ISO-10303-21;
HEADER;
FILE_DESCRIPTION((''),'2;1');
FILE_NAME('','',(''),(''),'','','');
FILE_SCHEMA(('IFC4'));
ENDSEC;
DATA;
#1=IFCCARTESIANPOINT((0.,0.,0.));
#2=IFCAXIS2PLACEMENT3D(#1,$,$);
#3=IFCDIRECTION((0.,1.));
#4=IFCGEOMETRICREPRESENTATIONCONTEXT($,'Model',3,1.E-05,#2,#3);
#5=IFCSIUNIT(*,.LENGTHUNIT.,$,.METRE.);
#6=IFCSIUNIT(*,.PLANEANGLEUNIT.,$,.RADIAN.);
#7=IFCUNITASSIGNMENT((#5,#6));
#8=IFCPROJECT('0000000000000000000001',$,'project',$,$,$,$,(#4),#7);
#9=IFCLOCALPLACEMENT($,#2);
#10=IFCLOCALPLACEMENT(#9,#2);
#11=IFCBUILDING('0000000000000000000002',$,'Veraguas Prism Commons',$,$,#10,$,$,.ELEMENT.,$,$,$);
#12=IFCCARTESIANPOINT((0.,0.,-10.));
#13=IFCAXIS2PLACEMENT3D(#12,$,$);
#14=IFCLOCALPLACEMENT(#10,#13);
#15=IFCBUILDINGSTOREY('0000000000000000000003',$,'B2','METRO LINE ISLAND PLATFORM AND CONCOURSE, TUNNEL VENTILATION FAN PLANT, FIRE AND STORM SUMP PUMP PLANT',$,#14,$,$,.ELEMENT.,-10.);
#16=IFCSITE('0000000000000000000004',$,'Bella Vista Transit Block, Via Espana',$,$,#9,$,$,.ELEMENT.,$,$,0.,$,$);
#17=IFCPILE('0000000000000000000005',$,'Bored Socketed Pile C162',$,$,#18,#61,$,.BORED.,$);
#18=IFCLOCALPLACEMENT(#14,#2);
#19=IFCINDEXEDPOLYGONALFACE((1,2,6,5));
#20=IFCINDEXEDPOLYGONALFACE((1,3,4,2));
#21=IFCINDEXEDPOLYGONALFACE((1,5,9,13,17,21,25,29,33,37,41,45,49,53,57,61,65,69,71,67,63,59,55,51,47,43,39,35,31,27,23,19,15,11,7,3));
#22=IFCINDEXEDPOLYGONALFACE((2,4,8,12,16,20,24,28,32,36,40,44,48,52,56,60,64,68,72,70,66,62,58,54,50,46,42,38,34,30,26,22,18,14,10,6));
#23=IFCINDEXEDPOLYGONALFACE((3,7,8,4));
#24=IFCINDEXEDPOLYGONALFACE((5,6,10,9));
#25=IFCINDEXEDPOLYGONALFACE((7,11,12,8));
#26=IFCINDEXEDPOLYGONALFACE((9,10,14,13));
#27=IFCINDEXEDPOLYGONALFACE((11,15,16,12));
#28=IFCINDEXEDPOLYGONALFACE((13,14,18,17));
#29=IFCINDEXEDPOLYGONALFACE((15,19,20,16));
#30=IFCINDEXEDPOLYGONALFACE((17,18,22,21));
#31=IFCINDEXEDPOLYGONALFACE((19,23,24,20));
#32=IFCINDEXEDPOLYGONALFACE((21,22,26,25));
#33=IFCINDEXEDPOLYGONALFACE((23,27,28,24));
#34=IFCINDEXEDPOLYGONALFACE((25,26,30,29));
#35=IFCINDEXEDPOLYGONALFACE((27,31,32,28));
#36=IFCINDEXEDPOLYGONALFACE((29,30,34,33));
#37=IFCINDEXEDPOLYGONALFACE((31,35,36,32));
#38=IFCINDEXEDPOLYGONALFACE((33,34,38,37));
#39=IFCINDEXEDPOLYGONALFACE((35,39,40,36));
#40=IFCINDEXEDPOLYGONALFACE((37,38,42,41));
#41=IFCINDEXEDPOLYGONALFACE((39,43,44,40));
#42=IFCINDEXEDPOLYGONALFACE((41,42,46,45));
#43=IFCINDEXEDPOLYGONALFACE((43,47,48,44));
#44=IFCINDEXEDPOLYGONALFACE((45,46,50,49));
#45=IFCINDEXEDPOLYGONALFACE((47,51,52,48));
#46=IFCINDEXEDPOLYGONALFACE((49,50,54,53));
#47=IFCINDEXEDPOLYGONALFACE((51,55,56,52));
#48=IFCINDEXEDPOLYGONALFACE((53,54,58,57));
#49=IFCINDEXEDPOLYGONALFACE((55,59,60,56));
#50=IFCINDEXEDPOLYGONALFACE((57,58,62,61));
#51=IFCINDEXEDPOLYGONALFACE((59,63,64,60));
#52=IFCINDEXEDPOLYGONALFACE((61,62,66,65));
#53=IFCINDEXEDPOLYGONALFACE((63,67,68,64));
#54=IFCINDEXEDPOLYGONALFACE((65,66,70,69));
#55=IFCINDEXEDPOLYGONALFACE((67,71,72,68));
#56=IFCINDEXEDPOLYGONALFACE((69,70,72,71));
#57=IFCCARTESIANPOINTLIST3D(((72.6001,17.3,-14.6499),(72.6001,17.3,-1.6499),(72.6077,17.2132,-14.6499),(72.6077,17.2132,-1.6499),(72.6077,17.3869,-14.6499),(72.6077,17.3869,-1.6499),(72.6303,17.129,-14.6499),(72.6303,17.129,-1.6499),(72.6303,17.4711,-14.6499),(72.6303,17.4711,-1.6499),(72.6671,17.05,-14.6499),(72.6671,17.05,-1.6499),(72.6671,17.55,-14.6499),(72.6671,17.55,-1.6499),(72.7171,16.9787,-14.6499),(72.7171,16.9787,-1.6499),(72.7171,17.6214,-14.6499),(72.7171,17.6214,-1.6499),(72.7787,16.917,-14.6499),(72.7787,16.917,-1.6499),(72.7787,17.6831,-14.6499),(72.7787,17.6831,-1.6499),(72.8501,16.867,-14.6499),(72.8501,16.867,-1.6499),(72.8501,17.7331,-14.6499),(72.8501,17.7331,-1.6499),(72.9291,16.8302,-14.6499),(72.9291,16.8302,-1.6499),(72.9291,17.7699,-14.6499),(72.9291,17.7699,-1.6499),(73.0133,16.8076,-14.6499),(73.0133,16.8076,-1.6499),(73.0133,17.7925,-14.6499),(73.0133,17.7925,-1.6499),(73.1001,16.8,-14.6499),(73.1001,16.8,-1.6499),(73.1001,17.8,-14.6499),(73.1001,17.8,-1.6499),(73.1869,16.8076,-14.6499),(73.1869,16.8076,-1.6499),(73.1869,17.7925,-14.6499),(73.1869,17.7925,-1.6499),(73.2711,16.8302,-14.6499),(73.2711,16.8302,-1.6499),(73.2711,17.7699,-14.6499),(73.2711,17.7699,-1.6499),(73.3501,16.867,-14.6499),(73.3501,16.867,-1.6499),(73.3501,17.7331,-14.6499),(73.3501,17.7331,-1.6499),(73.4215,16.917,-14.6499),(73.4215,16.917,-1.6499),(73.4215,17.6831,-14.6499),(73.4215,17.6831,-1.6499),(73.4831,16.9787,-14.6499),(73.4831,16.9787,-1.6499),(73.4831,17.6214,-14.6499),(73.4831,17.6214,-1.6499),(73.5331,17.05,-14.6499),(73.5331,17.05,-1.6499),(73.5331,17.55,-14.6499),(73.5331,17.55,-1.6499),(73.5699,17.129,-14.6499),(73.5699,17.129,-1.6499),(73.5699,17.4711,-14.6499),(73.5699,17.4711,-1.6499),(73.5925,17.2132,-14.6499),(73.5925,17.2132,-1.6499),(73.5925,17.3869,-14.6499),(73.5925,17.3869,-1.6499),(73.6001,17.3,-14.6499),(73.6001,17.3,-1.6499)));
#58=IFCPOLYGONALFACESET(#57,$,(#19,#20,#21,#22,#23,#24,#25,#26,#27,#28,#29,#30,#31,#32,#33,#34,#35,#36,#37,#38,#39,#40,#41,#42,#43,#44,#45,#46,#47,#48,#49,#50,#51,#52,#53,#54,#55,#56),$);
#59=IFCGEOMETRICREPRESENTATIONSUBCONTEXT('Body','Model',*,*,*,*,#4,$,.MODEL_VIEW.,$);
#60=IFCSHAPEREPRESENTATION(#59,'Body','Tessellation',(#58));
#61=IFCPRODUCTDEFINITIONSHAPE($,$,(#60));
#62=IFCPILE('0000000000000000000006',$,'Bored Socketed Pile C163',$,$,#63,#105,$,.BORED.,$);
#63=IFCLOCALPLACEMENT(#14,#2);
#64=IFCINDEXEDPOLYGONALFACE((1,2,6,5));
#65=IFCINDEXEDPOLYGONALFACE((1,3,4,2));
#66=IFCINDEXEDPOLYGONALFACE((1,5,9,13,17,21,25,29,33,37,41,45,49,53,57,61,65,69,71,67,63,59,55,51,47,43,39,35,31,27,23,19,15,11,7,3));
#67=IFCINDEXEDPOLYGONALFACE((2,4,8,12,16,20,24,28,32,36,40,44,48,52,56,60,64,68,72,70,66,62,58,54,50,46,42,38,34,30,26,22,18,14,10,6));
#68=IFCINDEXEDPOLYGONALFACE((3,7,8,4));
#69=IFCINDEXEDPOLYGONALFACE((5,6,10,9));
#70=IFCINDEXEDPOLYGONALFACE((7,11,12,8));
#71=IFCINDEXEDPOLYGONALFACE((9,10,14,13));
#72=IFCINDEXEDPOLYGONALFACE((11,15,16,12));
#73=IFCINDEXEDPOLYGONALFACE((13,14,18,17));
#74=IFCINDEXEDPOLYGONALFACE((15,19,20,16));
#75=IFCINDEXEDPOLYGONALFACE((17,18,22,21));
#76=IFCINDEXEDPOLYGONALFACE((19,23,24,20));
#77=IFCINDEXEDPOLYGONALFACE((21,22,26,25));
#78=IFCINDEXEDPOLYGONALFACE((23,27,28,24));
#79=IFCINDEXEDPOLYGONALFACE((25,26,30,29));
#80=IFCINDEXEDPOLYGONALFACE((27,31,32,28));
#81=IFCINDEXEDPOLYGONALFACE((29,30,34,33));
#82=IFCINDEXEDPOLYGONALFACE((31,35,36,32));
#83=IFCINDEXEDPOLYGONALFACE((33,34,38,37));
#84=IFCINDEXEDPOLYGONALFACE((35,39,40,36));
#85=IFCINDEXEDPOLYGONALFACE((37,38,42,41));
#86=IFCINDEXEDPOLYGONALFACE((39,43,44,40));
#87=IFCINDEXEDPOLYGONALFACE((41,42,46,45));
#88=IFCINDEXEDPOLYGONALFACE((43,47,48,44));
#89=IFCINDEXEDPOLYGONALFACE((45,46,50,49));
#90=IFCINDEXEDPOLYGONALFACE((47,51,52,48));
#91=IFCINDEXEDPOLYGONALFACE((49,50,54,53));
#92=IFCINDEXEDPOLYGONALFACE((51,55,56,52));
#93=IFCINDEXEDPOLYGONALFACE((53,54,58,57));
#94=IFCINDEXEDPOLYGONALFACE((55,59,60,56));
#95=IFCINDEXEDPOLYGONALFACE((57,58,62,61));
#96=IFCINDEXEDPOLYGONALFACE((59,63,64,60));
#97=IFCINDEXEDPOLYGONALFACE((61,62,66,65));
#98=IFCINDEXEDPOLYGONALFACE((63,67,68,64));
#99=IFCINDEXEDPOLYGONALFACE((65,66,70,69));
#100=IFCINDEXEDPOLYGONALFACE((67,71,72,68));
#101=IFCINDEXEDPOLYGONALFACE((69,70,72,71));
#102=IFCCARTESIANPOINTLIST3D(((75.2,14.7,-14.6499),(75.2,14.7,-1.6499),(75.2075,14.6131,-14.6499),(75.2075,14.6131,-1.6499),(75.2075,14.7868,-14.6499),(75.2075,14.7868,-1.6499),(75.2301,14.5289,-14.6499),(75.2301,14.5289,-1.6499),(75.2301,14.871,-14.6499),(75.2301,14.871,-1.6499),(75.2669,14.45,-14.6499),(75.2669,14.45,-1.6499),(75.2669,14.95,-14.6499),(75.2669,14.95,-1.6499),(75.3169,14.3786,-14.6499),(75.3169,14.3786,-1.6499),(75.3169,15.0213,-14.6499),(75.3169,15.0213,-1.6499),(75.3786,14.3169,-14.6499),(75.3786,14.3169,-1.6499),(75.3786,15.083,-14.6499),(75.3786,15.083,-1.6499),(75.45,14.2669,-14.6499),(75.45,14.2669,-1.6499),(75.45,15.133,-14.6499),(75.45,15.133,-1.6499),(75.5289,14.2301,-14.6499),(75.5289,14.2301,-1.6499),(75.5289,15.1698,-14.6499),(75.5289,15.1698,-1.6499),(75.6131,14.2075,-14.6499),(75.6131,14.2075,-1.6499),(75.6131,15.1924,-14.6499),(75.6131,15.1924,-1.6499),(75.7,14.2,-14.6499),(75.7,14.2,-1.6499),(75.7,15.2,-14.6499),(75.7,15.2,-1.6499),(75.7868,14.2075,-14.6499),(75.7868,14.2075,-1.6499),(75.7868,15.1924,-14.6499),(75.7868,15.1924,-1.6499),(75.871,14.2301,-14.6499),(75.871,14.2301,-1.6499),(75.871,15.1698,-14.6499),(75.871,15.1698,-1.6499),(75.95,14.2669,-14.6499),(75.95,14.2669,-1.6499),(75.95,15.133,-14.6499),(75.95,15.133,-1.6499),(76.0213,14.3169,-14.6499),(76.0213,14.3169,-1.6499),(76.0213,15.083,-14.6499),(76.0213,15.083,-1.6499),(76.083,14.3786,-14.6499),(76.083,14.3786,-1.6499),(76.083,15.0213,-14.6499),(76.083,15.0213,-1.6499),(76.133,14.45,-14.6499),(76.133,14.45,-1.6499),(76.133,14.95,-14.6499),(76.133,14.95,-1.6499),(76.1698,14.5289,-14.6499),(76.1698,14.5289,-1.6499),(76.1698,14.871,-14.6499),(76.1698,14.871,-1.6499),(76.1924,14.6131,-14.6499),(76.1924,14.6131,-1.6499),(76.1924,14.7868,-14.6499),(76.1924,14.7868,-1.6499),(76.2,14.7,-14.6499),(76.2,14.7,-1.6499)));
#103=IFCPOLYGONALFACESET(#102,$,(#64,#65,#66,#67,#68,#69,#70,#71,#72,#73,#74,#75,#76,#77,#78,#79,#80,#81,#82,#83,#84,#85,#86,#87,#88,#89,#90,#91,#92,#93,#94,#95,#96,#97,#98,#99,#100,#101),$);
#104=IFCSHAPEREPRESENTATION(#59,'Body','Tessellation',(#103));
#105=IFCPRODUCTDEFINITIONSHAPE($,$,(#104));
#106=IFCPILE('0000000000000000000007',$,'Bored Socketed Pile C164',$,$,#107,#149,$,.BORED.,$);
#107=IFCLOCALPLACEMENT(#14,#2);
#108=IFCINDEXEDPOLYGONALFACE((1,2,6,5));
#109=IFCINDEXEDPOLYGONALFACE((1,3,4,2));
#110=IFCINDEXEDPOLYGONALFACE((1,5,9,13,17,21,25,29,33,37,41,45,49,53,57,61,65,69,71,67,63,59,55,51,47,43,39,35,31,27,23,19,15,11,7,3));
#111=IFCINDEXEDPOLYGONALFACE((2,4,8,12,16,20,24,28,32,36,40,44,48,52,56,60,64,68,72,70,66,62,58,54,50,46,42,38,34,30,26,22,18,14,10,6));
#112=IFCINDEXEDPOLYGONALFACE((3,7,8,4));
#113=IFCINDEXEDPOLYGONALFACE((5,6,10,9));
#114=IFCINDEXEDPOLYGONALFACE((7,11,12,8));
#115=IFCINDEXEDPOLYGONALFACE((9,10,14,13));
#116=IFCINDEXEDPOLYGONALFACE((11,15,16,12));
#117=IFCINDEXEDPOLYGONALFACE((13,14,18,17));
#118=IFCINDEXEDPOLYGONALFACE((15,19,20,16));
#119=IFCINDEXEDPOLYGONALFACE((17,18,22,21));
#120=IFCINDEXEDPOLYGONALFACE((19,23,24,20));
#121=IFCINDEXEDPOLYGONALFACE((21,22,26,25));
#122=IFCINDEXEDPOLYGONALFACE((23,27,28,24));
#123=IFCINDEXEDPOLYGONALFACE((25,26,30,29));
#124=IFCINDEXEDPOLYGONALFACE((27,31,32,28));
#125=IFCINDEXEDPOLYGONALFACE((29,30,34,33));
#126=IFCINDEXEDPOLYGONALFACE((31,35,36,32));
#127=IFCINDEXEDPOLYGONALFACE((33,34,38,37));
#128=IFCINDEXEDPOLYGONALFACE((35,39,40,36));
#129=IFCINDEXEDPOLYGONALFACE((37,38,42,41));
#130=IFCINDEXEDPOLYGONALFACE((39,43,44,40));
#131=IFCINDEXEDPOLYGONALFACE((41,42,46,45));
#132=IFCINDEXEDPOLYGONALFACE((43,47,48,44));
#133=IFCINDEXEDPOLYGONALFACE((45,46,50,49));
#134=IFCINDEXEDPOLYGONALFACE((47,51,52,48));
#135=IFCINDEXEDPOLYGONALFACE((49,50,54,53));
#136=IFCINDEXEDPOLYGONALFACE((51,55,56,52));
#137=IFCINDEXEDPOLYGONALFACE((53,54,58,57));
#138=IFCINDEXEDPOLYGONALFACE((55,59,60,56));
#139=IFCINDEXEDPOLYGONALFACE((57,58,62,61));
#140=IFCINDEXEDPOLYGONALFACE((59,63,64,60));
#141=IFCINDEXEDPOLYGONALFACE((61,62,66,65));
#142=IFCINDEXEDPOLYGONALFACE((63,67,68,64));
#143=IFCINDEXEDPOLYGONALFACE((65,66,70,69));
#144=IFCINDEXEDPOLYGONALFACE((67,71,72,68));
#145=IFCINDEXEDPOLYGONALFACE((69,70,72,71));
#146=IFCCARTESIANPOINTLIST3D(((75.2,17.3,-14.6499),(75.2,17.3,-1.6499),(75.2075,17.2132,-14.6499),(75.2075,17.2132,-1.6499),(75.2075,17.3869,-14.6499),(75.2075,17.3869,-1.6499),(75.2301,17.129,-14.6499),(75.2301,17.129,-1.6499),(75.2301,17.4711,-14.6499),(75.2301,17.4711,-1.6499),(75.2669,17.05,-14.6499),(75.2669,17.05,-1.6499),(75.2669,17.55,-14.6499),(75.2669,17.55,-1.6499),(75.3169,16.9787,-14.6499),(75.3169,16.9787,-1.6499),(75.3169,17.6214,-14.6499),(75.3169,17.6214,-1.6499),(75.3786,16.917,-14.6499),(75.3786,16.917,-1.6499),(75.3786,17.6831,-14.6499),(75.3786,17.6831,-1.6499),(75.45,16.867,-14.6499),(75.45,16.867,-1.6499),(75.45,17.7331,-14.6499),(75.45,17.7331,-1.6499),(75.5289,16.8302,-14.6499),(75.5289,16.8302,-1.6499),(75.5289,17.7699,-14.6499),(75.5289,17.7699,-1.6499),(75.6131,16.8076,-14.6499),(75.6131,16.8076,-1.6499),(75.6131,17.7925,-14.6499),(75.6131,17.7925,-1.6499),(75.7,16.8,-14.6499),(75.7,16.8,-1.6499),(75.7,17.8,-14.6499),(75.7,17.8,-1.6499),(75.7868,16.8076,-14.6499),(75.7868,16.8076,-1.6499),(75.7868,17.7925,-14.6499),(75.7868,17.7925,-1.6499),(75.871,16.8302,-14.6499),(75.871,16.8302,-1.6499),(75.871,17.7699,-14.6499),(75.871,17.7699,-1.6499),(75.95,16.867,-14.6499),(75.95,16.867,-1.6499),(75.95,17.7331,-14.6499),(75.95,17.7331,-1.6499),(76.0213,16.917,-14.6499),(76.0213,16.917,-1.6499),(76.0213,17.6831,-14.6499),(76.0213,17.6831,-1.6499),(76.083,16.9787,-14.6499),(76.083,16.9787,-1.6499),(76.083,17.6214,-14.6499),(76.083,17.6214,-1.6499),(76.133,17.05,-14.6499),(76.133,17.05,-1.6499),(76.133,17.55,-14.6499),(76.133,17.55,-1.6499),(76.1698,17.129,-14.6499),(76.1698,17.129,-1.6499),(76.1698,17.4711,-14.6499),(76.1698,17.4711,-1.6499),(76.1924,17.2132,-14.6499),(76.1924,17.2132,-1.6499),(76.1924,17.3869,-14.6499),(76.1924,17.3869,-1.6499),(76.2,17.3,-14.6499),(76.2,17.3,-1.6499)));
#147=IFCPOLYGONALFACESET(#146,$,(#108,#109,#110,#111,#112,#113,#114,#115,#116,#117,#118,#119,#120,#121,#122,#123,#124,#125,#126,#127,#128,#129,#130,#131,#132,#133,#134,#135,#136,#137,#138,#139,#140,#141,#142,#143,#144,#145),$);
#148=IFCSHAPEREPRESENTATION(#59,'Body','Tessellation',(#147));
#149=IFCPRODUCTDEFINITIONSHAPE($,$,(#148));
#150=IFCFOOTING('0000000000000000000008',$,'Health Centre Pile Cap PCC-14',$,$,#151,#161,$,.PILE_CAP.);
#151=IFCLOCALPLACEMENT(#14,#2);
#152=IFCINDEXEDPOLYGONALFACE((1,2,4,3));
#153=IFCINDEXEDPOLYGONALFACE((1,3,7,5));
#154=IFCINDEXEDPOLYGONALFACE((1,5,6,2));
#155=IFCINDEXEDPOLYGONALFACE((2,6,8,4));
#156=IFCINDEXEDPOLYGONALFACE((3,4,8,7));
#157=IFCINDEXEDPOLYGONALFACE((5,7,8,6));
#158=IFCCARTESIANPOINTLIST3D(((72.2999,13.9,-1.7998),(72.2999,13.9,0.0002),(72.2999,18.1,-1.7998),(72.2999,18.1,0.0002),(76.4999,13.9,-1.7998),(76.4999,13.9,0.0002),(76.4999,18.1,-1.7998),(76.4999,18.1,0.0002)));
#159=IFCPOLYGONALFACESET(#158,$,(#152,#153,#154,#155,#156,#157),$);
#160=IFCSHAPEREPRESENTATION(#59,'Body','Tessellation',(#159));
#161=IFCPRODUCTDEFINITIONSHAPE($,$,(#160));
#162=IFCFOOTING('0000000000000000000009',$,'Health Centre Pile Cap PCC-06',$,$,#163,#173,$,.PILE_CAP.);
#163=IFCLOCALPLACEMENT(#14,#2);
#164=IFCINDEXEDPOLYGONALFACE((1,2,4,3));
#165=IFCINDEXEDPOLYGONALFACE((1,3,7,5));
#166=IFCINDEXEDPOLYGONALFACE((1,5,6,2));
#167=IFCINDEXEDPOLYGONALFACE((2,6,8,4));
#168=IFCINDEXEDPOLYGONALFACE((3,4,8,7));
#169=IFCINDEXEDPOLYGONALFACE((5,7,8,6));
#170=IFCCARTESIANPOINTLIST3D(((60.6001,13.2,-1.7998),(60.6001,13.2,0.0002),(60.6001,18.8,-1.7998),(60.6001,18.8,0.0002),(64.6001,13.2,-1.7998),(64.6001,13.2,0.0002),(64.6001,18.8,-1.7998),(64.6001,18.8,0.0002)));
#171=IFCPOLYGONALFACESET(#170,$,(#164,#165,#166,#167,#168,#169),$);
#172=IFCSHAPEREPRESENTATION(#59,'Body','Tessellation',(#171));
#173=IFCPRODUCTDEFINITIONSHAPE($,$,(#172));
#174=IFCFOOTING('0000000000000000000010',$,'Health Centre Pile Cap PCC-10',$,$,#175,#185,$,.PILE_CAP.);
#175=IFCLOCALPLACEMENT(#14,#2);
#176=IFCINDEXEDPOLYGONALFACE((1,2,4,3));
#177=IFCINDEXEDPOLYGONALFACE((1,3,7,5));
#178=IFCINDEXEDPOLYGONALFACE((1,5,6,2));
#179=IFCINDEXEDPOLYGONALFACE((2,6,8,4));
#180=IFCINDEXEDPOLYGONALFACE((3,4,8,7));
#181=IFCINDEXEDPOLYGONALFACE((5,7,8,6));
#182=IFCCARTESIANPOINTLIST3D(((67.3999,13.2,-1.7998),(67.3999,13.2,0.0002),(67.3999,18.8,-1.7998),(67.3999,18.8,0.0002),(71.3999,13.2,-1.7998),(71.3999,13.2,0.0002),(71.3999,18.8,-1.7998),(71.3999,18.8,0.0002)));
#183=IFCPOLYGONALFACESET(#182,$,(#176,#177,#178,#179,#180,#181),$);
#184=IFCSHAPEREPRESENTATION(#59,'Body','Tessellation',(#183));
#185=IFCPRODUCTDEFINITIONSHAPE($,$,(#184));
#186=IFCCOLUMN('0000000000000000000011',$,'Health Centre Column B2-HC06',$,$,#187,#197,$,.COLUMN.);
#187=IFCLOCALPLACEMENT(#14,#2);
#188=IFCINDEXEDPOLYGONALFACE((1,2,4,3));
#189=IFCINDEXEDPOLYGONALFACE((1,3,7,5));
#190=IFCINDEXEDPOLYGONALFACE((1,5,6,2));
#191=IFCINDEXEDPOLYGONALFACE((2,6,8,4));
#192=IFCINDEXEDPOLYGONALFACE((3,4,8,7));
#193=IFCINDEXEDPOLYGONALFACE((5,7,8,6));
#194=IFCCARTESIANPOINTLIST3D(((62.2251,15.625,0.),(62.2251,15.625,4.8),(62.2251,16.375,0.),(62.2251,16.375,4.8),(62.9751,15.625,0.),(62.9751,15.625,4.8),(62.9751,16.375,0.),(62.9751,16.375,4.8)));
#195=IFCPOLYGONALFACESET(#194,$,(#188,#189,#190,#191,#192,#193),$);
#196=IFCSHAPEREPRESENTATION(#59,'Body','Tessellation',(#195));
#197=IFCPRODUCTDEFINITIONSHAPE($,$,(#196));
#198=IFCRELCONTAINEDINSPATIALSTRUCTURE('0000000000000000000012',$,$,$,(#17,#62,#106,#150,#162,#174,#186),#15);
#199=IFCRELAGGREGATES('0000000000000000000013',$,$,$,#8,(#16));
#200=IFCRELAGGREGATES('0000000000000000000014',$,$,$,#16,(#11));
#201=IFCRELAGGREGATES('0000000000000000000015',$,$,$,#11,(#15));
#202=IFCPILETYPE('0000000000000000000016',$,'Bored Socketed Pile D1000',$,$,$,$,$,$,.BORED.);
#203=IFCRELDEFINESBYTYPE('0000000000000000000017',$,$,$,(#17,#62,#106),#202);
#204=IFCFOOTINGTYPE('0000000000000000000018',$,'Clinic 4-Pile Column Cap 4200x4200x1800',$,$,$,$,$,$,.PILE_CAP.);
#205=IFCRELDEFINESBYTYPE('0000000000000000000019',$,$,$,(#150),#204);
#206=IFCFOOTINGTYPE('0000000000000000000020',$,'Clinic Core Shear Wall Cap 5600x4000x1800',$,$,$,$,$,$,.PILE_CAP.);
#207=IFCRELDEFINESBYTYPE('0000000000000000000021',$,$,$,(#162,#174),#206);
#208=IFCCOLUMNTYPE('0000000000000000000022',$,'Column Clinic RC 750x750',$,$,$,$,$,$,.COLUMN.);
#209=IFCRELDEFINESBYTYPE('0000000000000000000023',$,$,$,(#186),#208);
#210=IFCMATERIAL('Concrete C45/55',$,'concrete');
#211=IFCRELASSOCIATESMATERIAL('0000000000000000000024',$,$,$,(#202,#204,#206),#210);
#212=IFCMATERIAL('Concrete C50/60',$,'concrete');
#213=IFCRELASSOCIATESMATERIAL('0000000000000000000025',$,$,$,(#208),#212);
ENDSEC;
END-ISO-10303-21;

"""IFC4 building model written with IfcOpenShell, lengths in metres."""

from ifc_helpers import new_model, si_unit, direction, frame, origin, origin_2d, place, context, subcontext, project, spatial, rectangle, circle, extrude, source, transform, mapped, material, material_profile, profile_set, type_object, element, save


model = new_model("IFC4")

# Units and contexts
model_context = context("Model", 3, precision=1e-05, world=origin(), true_north=direction((0.0, 1.0)))
body_context = subcontext(model_context, "Body", "Model", "MODEL_VIEW")
ifc_project = project(units=[si_unit("LENGTHUNIT", "METRE"), si_unit("PLANEANGLEUNIT", "RADIAN")], contexts=[model_context])

# Site, building, storey
site_placement = place(None, origin())
site = spatial("IfcSite", under=ifc_project, at=site_placement, Name="Bella Vista Transit Block, Via Espana", CompositionType="ELEMENT", RefElevation=0.0)
building_placement = place(site_placement, origin())
building = spatial("IfcBuilding", under=site, at=building_placement, Name="Veraguas Prism Commons", CompositionType="ELEMENT")
storey_placement = place(building_placement, frame((0.0, 0.0, -10.0)))
storey = spatial("IfcBuildingStorey", under=building, at=storey_placement, Name="B2", Description="METRO LINE ISLAND PLATFORM AND CONCOURSE, TUNNEL VENTILATION FAN PLANT, FIRE AND STORM SUMP PUMP PLANT", CompositionType="ELEMENT", Elevation=-10.0)

# Shared definitions
ifc_material_1 = material(Name="Concrete C45/55", Category="concrete")

# Piles
ifc_material_profile_1 = material_profile(ifc_material_1, circle(Radius=0.5, at=origin_2d()), Name="PILE1000")
ifc_profile_set_1 = profile_set([ifc_material_profile_1], Name="Concrete C45/55")
pile_type = type_object("IfcPileType", Name="Bored Socketed Pile D1000", PredefinedType="BORED", material=ifc_profile_set_1)
shared_shape_1 = source(origin(), body_context, "Body", "SweptSolid", [
    extrude(circle(Radius=0.5, at=origin_2d()), origin(), (0.0, 0.0, 1.0), 13.0),
])
for number, where, z_axis, x_axis, name in (
    (1, (73.1001, 17.3, -1.6499), (0.0, 0.0, -1.0), (1.0, 0.0, 0.0), "Bored Socketed Pile C162"),
    (2, (75.7, 14.7, -1.6499), (0.0, 0.0, -1.0), (1.0, 0.0, 0.0), "Bored Socketed Pile C163"),
    (3, (75.7, 17.3, -1.6499), (0.0, 0.0, -1.0), (1.0, 0.0, 0.0), "Bored Socketed Pile C164"),
):
    element("IfcPile", number, at=place(storey_placement, frame(where, z_axis=z_axis, x_axis=x_axis)), inside=storey, type_object=pile_type, Name=name, PredefinedType="BORED", context=body_context, shape_type="MappedRepresentation", body=[
        mapped(shared_shape_1, transform((0.0, 0.0, 0.0), scale=1.0)),
    ])

# Footings
footing_type_1 = type_object("IfcFootingType", Name="Clinic 4-Pile Column Cap 4200x4200x1800", PredefinedType="PILE_CAP", material=ifc_material_1)
shared_shape_2 = source(origin(), body_context, "Body", "SweptSolid", [
    extrude(rectangle(XDim=4.2, YDim=4.2, at=origin_2d()), origin(), (0.0, 0.0, 1.0), 1.8),
])
footing_1_placement = place(storey_placement, frame((74.3999, 16.0, -1.7998), z_axis=(0.0, 0.0, 1.0), x_axis=(1.0, 0.0, 0.0)))
element("IfcFooting", 4, at=footing_1_placement, inside=storey, type_object=footing_type_1, Name="Health Centre Pile Cap PCC-14", PredefinedType="PILE_CAP", context=body_context, shape_type="MappedRepresentation", body=[
    mapped(shared_shape_2, transform((0.0, 0.0, 0.0), scale=1.0)),
])
footing_type_2 = type_object("IfcFootingType", Name="Clinic Core Shear Wall Cap 5600x4000x1800", PredefinedType="PILE_CAP", material=ifc_material_1)
shared_shape_3 = source(origin(), body_context, "Body", "SweptSolid", [
    extrude(rectangle(XDim=4.0, YDim=5.6001, at=origin_2d()), origin(), (0.0, 0.0, 1.0), 1.8),
])
for number, where, z_axis, x_axis, name in (
    (5, (62.6001, 16.0, -1.7998), (0.0, 0.0, 1.0), (1.0, 0.0, 0.0), "Health Centre Pile Cap PCC-06"),
    (6, (69.3999, 16.0, -1.7998), (0.0, 0.0, 1.0), (1.0, 0.0, 0.0), "Health Centre Pile Cap PCC-10"),
):
    element("IfcFooting", number, at=place(storey_placement, frame(where, z_axis=z_axis, x_axis=x_axis)), inside=storey, type_object=footing_type_2, Name=name, PredefinedType="PILE_CAP", context=body_context, shape_type="MappedRepresentation", body=[
        mapped(shared_shape_3, transform((0.0, 0.0, 0.0), scale=1.0)),
    ])

# Column
ifc_material_2 = material(Name="Concrete C50/60", Category="concrete")
ifc_material_profile_2 = material_profile(ifc_material_2, rectangle(XDim=0.75, YDim=0.75, at=origin_2d()), Name="RC750X750")
ifc_profile_set_2 = profile_set([ifc_material_profile_2], Name="Concrete C50/60")
column_type = type_object("IfcColumnType", Name="Column Clinic RC 750x750", PredefinedType="COLUMN", material=ifc_profile_set_2)
for number, where, z_axis, x_axis, name in (
    (7, (62.6001, 16.0, 0.0), (0.0, 0.0, 1.0), (1.0, 0.0, 0.0), "Health Centre Column B2-HC06"),
):
    element("IfcColumn", number, at=place(storey_placement, frame(where, z_axis=z_axis, x_axis=x_axis)), inside=storey, type_object=column_type, Name=name, PredefinedType="COLUMN", context=body_context, shape_type="SweptSolid", body=[
        extrude(rectangle(XDim=0.75, YDim=0.75, at=origin_2d()), origin(), (0.0, 0.0, 1.0), 4.8),
    ])

save(model, "model.ifc")
